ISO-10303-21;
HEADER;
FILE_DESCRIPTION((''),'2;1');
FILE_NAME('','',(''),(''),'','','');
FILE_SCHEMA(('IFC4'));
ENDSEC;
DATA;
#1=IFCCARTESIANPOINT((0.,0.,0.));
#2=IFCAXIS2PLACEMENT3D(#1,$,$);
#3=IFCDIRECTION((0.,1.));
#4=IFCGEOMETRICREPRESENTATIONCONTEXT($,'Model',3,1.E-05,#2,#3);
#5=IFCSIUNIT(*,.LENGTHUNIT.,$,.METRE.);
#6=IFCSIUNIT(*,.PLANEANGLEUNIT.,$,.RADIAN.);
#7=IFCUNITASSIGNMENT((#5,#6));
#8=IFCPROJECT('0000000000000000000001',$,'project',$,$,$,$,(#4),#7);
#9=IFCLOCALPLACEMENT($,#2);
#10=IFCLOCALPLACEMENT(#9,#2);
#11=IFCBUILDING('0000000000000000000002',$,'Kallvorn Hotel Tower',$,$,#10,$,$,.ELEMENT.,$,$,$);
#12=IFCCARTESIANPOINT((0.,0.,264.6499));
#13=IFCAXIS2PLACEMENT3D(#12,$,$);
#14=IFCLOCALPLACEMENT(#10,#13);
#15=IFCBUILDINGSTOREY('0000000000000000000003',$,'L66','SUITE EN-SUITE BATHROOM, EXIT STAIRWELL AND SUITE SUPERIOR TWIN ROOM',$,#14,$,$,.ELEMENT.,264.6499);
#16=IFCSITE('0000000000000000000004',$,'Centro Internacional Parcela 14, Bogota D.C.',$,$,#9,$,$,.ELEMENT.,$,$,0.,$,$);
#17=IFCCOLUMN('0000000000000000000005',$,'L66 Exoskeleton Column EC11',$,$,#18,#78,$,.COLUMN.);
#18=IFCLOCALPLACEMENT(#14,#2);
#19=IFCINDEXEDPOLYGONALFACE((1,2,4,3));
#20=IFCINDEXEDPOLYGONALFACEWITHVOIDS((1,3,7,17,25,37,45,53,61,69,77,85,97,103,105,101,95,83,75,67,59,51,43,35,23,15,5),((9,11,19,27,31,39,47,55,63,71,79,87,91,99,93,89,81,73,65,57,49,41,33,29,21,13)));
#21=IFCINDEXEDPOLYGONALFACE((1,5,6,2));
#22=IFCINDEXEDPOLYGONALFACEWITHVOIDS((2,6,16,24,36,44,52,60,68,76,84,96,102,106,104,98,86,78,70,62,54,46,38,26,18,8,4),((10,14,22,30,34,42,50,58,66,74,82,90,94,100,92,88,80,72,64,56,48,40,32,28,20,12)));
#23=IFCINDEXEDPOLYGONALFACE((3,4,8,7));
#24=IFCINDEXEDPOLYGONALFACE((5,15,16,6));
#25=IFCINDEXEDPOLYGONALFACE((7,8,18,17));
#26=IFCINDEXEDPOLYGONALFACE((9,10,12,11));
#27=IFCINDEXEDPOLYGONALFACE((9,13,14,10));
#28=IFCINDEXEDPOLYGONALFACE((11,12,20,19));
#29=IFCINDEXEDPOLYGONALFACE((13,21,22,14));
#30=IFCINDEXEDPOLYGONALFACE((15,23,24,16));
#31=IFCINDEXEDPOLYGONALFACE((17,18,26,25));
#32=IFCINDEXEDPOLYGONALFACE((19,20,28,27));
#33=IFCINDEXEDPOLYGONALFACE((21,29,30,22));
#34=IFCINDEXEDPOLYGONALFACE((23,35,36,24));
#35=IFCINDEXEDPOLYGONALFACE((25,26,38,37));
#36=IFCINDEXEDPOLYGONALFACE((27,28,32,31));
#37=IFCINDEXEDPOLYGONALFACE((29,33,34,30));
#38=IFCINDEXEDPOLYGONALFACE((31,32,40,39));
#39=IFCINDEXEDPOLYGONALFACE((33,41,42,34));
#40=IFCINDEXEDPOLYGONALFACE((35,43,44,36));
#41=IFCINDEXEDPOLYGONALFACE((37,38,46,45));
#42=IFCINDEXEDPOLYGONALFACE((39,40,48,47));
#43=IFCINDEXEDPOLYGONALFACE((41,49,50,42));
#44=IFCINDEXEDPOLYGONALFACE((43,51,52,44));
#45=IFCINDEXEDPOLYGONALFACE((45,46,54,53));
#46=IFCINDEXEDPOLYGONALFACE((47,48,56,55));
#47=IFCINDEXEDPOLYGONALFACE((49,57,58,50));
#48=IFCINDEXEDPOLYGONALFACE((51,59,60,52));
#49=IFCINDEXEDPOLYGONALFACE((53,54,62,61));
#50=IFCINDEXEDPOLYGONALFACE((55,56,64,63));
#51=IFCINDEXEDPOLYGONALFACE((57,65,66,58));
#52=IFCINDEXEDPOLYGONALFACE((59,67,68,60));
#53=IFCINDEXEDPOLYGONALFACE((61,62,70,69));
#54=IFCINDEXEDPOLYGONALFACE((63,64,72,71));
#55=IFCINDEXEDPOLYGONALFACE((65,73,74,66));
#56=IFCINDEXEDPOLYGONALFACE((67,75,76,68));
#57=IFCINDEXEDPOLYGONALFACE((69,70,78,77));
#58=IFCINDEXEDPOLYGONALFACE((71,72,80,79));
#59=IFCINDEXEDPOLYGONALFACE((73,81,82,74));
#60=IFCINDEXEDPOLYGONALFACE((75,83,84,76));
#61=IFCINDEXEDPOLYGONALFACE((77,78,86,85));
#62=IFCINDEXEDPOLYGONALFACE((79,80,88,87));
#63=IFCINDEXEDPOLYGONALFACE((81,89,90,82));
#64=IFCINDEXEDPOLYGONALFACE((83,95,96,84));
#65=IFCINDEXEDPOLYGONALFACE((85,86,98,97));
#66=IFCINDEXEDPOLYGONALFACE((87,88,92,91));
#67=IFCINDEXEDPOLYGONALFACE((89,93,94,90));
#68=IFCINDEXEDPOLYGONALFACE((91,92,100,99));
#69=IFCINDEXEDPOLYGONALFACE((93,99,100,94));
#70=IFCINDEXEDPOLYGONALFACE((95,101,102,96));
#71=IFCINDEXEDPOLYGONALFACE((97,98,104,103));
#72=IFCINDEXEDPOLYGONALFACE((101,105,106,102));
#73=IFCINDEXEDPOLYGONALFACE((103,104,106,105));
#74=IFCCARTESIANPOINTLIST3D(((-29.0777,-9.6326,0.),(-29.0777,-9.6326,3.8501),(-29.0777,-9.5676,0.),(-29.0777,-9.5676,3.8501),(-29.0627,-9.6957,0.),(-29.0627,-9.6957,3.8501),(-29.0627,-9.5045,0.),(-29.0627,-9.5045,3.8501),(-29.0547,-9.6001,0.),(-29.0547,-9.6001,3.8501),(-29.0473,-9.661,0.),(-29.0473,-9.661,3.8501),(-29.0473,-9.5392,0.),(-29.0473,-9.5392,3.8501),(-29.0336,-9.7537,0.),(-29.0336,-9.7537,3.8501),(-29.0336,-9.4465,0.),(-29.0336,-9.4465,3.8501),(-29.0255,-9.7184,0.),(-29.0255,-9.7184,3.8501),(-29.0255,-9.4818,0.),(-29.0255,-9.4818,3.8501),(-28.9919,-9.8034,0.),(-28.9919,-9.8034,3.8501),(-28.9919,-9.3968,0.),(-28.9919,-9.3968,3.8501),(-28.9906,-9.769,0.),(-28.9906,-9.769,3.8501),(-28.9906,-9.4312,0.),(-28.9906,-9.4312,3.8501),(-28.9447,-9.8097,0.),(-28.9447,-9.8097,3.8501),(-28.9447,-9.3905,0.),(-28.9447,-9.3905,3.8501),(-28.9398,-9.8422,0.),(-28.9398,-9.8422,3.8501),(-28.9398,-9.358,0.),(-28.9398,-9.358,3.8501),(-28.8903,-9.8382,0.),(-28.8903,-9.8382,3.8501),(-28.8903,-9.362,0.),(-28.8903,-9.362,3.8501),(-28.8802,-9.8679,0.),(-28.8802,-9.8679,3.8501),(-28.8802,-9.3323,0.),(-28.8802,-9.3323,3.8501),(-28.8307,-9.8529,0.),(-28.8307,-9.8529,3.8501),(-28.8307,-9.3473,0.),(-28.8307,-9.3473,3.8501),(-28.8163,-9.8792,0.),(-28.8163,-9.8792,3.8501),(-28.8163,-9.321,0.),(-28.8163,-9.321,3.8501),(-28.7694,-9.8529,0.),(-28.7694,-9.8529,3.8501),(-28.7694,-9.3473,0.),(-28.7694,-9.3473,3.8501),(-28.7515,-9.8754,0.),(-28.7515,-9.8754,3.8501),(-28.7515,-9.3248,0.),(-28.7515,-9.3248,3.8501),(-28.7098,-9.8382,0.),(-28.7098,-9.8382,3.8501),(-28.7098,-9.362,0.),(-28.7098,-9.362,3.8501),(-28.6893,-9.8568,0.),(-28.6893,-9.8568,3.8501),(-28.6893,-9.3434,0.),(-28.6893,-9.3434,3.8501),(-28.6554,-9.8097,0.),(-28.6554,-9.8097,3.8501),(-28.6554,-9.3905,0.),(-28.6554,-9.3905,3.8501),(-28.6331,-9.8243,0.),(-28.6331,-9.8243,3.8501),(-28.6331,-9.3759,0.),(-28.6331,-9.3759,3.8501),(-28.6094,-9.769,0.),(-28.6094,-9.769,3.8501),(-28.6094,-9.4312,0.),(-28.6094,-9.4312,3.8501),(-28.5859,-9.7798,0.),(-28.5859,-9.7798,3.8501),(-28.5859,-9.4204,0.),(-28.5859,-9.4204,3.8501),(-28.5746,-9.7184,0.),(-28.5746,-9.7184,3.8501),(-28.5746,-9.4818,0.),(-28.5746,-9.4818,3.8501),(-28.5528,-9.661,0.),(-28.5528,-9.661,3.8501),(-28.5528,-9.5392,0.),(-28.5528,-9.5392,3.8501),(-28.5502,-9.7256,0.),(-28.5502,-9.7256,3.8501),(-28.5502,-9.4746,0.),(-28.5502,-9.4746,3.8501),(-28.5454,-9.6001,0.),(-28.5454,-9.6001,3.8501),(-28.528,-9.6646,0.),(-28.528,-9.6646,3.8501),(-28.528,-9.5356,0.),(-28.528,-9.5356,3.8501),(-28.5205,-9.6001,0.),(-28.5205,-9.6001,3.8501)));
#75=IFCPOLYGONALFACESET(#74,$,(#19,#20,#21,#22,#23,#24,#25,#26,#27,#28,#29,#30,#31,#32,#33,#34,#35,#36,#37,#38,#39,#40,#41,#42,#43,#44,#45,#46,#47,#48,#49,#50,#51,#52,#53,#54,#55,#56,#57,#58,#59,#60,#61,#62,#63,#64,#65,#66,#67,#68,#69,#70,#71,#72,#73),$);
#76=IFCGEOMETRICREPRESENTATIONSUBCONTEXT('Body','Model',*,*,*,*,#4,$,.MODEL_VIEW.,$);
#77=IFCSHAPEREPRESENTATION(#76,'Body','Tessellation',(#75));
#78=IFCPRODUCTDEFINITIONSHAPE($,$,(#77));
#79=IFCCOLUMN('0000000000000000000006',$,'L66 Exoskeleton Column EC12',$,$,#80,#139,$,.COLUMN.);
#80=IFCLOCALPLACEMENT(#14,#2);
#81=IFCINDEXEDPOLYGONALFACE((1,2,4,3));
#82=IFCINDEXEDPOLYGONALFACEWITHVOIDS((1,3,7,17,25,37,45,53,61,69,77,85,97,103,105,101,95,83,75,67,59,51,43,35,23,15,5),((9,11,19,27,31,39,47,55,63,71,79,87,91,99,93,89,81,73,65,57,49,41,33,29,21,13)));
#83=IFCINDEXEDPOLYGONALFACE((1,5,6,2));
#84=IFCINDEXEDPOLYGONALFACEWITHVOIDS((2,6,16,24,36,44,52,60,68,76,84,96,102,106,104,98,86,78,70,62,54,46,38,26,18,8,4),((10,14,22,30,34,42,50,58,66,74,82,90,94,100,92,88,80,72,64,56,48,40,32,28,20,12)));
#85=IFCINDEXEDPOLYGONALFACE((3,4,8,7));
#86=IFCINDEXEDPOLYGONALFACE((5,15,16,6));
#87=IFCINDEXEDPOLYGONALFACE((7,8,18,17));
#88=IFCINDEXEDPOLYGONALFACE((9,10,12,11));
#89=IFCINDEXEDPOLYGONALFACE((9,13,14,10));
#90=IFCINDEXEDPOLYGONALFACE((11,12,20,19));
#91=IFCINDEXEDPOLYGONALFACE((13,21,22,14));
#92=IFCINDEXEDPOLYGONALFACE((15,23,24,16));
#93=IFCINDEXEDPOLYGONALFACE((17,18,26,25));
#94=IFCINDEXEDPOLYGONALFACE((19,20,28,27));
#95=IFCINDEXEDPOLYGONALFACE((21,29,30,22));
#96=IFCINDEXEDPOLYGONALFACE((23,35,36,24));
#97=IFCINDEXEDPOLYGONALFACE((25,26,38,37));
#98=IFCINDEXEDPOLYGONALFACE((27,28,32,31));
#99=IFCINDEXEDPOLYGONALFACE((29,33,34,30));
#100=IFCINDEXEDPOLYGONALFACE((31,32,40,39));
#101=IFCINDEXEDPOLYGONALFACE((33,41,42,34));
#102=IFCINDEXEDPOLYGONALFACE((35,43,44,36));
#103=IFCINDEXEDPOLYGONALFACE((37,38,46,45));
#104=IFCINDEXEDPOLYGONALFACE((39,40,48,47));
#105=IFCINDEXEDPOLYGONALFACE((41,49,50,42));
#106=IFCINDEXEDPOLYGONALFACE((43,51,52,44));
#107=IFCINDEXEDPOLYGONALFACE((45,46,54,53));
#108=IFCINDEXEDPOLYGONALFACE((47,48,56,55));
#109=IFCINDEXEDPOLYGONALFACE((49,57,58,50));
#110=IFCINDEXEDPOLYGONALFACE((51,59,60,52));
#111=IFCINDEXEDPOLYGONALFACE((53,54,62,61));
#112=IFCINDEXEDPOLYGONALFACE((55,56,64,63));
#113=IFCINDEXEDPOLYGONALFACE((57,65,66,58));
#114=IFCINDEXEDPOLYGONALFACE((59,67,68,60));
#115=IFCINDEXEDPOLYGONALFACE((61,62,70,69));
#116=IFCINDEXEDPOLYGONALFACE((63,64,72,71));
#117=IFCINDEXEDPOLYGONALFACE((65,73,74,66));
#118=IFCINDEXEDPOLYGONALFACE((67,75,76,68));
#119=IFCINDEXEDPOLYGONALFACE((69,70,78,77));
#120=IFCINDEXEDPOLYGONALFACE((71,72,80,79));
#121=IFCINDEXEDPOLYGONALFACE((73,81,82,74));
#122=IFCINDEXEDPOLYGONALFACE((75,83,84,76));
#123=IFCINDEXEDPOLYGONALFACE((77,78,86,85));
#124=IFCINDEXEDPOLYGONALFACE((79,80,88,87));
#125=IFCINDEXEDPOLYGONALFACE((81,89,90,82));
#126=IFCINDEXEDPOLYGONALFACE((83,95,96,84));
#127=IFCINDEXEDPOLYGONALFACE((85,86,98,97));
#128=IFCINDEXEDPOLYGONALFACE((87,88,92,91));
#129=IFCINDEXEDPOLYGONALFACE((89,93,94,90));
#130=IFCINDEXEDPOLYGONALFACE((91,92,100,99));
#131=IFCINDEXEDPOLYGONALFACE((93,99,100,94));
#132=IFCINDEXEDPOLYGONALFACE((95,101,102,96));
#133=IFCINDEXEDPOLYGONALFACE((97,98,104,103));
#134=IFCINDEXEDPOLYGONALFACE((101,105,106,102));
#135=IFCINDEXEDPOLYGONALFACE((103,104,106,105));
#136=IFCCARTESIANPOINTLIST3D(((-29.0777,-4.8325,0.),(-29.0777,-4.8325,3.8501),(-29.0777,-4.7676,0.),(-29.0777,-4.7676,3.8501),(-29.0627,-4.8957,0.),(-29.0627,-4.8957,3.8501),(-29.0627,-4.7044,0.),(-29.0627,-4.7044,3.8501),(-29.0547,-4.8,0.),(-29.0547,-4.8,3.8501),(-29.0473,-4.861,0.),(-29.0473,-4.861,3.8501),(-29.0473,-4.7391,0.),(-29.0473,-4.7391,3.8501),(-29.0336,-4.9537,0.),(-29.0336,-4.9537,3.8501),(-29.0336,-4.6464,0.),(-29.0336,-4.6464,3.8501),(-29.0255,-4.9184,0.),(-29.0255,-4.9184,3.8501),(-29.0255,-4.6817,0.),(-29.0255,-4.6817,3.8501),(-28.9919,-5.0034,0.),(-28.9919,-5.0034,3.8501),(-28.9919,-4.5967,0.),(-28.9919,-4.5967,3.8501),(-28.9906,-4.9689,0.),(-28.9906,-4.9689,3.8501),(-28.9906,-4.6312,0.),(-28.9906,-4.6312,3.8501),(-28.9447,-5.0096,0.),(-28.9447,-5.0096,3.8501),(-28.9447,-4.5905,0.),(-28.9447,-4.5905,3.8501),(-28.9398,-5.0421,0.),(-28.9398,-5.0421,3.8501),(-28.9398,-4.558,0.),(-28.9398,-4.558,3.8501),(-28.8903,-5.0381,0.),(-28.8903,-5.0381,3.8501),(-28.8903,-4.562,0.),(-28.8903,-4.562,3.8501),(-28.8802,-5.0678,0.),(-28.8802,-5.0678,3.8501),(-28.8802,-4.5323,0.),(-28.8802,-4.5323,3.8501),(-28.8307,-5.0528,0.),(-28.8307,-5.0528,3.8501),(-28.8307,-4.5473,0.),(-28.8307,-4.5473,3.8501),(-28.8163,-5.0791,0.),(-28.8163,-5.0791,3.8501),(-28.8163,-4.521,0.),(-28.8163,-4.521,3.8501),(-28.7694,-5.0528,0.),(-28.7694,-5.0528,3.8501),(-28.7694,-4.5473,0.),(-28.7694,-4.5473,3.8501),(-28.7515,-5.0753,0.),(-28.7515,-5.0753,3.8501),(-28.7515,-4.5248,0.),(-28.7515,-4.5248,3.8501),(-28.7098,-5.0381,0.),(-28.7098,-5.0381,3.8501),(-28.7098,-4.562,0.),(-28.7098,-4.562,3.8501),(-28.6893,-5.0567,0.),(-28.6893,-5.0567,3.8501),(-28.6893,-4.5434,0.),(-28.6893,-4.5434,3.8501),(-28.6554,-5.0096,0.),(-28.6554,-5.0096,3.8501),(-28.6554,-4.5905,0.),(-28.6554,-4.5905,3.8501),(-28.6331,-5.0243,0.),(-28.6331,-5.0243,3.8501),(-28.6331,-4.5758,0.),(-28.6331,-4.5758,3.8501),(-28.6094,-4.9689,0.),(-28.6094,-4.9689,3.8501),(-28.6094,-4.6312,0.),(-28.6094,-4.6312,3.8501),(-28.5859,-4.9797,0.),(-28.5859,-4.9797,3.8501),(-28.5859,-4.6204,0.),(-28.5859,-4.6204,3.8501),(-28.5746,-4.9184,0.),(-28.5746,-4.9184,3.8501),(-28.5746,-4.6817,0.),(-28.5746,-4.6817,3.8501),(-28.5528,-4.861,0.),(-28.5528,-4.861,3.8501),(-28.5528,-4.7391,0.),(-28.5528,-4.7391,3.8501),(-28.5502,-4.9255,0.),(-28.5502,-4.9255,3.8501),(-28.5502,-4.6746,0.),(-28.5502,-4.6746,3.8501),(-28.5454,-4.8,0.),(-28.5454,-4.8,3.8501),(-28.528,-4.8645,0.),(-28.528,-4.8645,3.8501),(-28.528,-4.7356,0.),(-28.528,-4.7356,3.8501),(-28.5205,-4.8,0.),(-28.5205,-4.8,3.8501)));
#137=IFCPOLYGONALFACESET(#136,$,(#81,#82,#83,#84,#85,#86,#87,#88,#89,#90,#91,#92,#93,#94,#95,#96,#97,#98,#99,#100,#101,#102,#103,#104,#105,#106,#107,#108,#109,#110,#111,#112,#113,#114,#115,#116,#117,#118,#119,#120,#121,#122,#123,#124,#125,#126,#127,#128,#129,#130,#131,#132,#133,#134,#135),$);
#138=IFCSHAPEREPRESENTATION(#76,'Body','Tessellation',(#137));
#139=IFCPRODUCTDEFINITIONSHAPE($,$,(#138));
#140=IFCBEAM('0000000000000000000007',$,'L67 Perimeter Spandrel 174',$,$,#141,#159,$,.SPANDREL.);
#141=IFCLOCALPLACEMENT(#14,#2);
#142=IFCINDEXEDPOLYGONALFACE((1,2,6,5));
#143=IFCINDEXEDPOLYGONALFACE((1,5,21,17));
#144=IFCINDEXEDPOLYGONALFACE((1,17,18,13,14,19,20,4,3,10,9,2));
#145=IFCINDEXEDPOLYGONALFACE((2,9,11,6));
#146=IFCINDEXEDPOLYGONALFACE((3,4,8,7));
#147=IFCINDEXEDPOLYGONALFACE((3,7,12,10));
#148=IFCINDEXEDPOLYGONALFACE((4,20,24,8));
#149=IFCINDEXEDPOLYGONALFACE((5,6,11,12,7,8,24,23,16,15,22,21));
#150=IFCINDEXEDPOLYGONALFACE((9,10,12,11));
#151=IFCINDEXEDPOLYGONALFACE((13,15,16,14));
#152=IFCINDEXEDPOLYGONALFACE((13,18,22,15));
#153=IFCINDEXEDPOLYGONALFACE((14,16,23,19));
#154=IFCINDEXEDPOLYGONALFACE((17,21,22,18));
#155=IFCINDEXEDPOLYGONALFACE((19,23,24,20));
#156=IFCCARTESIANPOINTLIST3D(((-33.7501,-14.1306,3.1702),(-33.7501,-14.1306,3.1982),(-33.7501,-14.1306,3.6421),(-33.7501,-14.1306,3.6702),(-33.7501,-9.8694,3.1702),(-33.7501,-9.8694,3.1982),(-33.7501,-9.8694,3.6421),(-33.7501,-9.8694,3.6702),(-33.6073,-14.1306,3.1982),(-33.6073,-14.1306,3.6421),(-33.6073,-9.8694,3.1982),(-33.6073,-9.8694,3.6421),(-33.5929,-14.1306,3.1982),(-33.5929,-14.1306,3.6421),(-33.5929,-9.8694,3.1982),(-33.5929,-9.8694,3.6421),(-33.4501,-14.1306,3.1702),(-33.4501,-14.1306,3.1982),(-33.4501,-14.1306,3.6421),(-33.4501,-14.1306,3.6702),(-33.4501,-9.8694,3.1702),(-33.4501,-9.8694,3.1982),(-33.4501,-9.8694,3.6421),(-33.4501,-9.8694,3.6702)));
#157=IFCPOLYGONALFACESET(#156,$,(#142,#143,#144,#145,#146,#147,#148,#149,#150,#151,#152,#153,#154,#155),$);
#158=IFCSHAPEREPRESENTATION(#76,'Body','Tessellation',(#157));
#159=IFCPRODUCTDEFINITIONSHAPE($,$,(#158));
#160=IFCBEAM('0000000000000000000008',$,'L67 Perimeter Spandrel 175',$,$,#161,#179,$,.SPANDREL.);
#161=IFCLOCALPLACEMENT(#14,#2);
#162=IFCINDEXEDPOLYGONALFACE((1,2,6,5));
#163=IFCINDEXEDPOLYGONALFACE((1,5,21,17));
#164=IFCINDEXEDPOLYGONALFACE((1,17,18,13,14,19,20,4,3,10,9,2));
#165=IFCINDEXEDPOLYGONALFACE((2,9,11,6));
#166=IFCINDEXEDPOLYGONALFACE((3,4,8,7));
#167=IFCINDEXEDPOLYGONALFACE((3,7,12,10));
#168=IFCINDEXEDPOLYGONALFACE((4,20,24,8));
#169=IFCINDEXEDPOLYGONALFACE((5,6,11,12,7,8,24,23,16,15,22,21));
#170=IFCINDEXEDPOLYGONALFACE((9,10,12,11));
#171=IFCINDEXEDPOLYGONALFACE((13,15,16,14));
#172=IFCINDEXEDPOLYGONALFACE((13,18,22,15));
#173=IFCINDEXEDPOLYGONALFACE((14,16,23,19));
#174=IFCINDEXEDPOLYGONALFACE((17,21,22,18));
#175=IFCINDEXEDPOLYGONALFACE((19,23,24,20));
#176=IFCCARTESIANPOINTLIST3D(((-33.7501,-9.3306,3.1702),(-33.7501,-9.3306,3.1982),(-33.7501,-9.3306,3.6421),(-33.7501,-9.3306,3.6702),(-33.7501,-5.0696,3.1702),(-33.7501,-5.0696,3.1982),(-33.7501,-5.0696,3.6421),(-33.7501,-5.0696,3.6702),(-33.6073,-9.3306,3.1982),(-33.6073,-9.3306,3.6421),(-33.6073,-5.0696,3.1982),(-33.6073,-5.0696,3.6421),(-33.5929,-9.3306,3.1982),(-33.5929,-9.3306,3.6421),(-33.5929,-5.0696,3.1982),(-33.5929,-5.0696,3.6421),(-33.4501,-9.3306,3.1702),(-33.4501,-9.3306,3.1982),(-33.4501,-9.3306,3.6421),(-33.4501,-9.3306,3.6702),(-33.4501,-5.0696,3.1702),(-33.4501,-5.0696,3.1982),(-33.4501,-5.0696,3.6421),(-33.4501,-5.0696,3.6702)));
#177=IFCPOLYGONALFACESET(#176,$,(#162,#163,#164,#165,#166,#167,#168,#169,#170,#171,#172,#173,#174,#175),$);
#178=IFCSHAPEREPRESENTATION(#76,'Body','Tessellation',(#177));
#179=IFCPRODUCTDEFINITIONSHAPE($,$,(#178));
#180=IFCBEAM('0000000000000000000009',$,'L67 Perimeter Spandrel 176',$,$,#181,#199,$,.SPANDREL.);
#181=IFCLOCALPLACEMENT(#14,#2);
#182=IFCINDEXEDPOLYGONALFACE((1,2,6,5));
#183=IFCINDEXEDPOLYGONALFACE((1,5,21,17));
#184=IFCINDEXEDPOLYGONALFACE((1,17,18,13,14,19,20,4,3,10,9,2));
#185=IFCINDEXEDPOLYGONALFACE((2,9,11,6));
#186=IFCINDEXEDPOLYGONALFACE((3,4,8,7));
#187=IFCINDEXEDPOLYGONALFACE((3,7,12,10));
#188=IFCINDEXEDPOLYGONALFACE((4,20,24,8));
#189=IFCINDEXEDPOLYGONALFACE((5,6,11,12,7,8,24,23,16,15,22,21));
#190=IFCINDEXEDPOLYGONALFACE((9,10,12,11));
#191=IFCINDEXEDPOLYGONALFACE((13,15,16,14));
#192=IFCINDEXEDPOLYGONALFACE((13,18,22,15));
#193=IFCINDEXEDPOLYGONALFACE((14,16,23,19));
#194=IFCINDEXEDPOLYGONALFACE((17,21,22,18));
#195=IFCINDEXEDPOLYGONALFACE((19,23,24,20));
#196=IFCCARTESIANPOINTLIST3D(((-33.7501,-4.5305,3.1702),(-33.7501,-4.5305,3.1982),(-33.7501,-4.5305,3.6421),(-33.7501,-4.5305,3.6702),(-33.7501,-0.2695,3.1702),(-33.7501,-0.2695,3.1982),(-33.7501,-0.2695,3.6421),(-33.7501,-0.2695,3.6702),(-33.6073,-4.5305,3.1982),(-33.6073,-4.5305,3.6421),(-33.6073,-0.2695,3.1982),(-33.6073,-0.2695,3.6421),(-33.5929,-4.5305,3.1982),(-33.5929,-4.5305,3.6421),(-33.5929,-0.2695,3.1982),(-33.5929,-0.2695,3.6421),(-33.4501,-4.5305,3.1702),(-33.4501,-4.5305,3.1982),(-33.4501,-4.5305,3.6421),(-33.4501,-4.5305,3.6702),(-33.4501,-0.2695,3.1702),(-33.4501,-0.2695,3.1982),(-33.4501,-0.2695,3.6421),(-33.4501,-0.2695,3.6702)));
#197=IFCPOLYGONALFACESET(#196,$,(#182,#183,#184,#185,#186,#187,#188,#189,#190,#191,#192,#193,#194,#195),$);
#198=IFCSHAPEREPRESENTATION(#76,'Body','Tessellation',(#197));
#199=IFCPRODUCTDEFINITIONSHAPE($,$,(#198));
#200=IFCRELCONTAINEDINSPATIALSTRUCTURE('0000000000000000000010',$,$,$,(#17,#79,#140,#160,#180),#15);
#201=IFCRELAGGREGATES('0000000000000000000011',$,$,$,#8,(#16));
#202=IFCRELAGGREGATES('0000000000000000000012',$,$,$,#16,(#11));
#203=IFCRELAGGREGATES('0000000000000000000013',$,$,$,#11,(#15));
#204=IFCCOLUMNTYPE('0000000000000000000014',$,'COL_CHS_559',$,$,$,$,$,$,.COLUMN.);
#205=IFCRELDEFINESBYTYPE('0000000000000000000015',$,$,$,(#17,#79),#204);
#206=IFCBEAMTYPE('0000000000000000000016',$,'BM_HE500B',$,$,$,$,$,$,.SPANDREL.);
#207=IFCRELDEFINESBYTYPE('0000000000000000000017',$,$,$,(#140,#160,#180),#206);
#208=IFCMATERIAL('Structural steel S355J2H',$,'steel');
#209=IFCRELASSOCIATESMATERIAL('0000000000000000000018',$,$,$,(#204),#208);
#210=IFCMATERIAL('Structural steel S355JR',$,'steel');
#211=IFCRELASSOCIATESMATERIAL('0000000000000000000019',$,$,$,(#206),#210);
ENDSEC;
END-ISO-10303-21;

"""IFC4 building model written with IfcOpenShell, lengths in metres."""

from ifc_helpers import new_model, si_unit, direction, frame, origin, origin_2d, place, context, subcontext, project, spatial, hollow_circle, i_section, extrude, material, material_profile, profile_set, type_object, element, save


model = new_model("IFC4")

# Units and contexts
model_context = context("Model", 3, precision=1e-05, world=origin(), true_north=direction((0.0, 1.0)))
body_context = subcontext(model_context, "Body", "Model", "MODEL_VIEW")
ifc_project = project(units=[si_unit("LENGTHUNIT", "METRE"), si_unit("PLANEANGLEUNIT", "RADIAN")], contexts=[model_context])

# Site, building, storey
site_placement = place(None, origin())
site = spatial("IfcSite", under=ifc_project, at=site_placement, Name="Centro Internacional Parcela 14, Bogota D.C.", CompositionType="ELEMENT", RefElevation=0.0)
building_placement = place(site_placement, origin())
building = spatial("IfcBuilding", under=site, at=building_placement, Name="Kallvorn Hotel Tower", CompositionType="ELEMENT")
storey_placement = place(building_placement, frame((0.0, 0.0, 264.6499)))
storey = spatial("IfcBuildingStorey", under=building, at=storey_placement, Name="L66", Description="SUITE EN-SUITE BATHROOM, EXIT STAIRWELL AND SUITE SUPERIOR TWIN ROOM", CompositionType="ELEMENT", Elevation=264.6499)

# Columns
ifc_material_1 = material(Name="Structural steel S355J2H", Category="steel")
ifc_material_profile_1 = material_profile(ifc_material_1, hollow_circle(Radius=0.2795, WallThickness=0.0249, at=origin_2d()), Name="CHS 559x25")
ifc_profile_set_1 = profile_set([ifc_material_profile_1], Name="Structural steel S355J2H")
column_type = type_object("IfcColumnType", Name="COL_CHS_559", PredefinedType="COLUMN", material=ifc_profile_set_1)
for number, where, z_axis, x_axis, name in (
    (1, (-28.8, -9.6001, 0.0), (0.0, 0.0, 1.0), (1.0, 0.0, 0.0), "L66 Exoskeleton Column EC11"),
    (2, (-28.8, -4.8, 0.0), (0.0, 0.0, 1.0), (1.0, 0.0, 0.0), "L66 Exoskeleton Column EC12"),
):
    element("IfcColumn", number, at=place(storey_placement, frame(where, z_axis=z_axis, x_axis=x_axis)), inside=storey, type_object=column_type, Name=name, PredefinedType="COLUMN", context=body_context, shape_type="SweptSolid", body=[
        extrude(hollow_circle(Radius=0.2795, WallThickness=0.0249, at=origin_2d()), origin(), (0.0, 0.0, 1.0), 3.8501),
    ])

# Beams
ifc_material_2 = material(Name="Structural steel S355JR", Category="steel")
ifc_material_profile_2 = material_profile(ifc_material_2, i_section(OverallWidth=0.3, OverallDepth=0.5, WebThickness=0.0144, FlangeThickness=0.0281, at=origin_2d()), Name="HE 500 B")
ifc_profile_set_2 = profile_set([ifc_material_profile_2], Name="Structural steel S355JR")
beam_type_1 = type_object("IfcBeamType", Name="BM_HE500B", PredefinedType="SPANDREL", material=ifc_profile_set_2)
beam_1_placement = place(storey_placement, frame((-33.6001, -14.1306, 3.4202), z_axis=(0.0, 1.0, 0.0), x_axis=(-1.0, 0.0, 0.0)))
element("IfcBeam", 3, at=beam_1_placement, inside=storey, type_object=beam_type_1, Name="L67 Perimeter Spandrel 174", PredefinedType="SPANDREL", context=body_context, shape_type="SweptSolid", body=[
    extrude(i_section(OverallWidth=0.3, OverallDepth=0.5, WebThickness=0.0144, FlangeThickness=0.0281, at=origin_2d()), origin(), (0.0, 0.0, 1.0), 4.2612),
])
for number, where, z_axis, x_axis, name in (
    (4, (-33.6001, -9.3306, 3.4202), (0.0, 1.0, 0.0), (-1.0, 0.0, 0.0), "L67 Perimeter Spandrel 175"),
    (5, (-33.6001, -4.5305, 3.4202), (0.0, 1.0, 0.0), (-1.0, 0.0, 0.0), "L67 Perimeter Spandrel 176"),
):
    element("IfcBeam", number, at=place(storey_placement, frame(where, z_axis=z_axis, x_axis=x_axis)), inside=storey, type_object=beam_type_1, Name=name, PredefinedType="SPANDREL", context=body_context, shape_type="SweptSolid", body=[
        extrude(i_section(OverallWidth=0.3, OverallDepth=0.5, WebThickness=0.0144, FlangeThickness=0.0281, at=origin_2d()), origin(), (0.0, 0.0, 1.0), 4.261),
    ])

save(model, "model.ifc")
